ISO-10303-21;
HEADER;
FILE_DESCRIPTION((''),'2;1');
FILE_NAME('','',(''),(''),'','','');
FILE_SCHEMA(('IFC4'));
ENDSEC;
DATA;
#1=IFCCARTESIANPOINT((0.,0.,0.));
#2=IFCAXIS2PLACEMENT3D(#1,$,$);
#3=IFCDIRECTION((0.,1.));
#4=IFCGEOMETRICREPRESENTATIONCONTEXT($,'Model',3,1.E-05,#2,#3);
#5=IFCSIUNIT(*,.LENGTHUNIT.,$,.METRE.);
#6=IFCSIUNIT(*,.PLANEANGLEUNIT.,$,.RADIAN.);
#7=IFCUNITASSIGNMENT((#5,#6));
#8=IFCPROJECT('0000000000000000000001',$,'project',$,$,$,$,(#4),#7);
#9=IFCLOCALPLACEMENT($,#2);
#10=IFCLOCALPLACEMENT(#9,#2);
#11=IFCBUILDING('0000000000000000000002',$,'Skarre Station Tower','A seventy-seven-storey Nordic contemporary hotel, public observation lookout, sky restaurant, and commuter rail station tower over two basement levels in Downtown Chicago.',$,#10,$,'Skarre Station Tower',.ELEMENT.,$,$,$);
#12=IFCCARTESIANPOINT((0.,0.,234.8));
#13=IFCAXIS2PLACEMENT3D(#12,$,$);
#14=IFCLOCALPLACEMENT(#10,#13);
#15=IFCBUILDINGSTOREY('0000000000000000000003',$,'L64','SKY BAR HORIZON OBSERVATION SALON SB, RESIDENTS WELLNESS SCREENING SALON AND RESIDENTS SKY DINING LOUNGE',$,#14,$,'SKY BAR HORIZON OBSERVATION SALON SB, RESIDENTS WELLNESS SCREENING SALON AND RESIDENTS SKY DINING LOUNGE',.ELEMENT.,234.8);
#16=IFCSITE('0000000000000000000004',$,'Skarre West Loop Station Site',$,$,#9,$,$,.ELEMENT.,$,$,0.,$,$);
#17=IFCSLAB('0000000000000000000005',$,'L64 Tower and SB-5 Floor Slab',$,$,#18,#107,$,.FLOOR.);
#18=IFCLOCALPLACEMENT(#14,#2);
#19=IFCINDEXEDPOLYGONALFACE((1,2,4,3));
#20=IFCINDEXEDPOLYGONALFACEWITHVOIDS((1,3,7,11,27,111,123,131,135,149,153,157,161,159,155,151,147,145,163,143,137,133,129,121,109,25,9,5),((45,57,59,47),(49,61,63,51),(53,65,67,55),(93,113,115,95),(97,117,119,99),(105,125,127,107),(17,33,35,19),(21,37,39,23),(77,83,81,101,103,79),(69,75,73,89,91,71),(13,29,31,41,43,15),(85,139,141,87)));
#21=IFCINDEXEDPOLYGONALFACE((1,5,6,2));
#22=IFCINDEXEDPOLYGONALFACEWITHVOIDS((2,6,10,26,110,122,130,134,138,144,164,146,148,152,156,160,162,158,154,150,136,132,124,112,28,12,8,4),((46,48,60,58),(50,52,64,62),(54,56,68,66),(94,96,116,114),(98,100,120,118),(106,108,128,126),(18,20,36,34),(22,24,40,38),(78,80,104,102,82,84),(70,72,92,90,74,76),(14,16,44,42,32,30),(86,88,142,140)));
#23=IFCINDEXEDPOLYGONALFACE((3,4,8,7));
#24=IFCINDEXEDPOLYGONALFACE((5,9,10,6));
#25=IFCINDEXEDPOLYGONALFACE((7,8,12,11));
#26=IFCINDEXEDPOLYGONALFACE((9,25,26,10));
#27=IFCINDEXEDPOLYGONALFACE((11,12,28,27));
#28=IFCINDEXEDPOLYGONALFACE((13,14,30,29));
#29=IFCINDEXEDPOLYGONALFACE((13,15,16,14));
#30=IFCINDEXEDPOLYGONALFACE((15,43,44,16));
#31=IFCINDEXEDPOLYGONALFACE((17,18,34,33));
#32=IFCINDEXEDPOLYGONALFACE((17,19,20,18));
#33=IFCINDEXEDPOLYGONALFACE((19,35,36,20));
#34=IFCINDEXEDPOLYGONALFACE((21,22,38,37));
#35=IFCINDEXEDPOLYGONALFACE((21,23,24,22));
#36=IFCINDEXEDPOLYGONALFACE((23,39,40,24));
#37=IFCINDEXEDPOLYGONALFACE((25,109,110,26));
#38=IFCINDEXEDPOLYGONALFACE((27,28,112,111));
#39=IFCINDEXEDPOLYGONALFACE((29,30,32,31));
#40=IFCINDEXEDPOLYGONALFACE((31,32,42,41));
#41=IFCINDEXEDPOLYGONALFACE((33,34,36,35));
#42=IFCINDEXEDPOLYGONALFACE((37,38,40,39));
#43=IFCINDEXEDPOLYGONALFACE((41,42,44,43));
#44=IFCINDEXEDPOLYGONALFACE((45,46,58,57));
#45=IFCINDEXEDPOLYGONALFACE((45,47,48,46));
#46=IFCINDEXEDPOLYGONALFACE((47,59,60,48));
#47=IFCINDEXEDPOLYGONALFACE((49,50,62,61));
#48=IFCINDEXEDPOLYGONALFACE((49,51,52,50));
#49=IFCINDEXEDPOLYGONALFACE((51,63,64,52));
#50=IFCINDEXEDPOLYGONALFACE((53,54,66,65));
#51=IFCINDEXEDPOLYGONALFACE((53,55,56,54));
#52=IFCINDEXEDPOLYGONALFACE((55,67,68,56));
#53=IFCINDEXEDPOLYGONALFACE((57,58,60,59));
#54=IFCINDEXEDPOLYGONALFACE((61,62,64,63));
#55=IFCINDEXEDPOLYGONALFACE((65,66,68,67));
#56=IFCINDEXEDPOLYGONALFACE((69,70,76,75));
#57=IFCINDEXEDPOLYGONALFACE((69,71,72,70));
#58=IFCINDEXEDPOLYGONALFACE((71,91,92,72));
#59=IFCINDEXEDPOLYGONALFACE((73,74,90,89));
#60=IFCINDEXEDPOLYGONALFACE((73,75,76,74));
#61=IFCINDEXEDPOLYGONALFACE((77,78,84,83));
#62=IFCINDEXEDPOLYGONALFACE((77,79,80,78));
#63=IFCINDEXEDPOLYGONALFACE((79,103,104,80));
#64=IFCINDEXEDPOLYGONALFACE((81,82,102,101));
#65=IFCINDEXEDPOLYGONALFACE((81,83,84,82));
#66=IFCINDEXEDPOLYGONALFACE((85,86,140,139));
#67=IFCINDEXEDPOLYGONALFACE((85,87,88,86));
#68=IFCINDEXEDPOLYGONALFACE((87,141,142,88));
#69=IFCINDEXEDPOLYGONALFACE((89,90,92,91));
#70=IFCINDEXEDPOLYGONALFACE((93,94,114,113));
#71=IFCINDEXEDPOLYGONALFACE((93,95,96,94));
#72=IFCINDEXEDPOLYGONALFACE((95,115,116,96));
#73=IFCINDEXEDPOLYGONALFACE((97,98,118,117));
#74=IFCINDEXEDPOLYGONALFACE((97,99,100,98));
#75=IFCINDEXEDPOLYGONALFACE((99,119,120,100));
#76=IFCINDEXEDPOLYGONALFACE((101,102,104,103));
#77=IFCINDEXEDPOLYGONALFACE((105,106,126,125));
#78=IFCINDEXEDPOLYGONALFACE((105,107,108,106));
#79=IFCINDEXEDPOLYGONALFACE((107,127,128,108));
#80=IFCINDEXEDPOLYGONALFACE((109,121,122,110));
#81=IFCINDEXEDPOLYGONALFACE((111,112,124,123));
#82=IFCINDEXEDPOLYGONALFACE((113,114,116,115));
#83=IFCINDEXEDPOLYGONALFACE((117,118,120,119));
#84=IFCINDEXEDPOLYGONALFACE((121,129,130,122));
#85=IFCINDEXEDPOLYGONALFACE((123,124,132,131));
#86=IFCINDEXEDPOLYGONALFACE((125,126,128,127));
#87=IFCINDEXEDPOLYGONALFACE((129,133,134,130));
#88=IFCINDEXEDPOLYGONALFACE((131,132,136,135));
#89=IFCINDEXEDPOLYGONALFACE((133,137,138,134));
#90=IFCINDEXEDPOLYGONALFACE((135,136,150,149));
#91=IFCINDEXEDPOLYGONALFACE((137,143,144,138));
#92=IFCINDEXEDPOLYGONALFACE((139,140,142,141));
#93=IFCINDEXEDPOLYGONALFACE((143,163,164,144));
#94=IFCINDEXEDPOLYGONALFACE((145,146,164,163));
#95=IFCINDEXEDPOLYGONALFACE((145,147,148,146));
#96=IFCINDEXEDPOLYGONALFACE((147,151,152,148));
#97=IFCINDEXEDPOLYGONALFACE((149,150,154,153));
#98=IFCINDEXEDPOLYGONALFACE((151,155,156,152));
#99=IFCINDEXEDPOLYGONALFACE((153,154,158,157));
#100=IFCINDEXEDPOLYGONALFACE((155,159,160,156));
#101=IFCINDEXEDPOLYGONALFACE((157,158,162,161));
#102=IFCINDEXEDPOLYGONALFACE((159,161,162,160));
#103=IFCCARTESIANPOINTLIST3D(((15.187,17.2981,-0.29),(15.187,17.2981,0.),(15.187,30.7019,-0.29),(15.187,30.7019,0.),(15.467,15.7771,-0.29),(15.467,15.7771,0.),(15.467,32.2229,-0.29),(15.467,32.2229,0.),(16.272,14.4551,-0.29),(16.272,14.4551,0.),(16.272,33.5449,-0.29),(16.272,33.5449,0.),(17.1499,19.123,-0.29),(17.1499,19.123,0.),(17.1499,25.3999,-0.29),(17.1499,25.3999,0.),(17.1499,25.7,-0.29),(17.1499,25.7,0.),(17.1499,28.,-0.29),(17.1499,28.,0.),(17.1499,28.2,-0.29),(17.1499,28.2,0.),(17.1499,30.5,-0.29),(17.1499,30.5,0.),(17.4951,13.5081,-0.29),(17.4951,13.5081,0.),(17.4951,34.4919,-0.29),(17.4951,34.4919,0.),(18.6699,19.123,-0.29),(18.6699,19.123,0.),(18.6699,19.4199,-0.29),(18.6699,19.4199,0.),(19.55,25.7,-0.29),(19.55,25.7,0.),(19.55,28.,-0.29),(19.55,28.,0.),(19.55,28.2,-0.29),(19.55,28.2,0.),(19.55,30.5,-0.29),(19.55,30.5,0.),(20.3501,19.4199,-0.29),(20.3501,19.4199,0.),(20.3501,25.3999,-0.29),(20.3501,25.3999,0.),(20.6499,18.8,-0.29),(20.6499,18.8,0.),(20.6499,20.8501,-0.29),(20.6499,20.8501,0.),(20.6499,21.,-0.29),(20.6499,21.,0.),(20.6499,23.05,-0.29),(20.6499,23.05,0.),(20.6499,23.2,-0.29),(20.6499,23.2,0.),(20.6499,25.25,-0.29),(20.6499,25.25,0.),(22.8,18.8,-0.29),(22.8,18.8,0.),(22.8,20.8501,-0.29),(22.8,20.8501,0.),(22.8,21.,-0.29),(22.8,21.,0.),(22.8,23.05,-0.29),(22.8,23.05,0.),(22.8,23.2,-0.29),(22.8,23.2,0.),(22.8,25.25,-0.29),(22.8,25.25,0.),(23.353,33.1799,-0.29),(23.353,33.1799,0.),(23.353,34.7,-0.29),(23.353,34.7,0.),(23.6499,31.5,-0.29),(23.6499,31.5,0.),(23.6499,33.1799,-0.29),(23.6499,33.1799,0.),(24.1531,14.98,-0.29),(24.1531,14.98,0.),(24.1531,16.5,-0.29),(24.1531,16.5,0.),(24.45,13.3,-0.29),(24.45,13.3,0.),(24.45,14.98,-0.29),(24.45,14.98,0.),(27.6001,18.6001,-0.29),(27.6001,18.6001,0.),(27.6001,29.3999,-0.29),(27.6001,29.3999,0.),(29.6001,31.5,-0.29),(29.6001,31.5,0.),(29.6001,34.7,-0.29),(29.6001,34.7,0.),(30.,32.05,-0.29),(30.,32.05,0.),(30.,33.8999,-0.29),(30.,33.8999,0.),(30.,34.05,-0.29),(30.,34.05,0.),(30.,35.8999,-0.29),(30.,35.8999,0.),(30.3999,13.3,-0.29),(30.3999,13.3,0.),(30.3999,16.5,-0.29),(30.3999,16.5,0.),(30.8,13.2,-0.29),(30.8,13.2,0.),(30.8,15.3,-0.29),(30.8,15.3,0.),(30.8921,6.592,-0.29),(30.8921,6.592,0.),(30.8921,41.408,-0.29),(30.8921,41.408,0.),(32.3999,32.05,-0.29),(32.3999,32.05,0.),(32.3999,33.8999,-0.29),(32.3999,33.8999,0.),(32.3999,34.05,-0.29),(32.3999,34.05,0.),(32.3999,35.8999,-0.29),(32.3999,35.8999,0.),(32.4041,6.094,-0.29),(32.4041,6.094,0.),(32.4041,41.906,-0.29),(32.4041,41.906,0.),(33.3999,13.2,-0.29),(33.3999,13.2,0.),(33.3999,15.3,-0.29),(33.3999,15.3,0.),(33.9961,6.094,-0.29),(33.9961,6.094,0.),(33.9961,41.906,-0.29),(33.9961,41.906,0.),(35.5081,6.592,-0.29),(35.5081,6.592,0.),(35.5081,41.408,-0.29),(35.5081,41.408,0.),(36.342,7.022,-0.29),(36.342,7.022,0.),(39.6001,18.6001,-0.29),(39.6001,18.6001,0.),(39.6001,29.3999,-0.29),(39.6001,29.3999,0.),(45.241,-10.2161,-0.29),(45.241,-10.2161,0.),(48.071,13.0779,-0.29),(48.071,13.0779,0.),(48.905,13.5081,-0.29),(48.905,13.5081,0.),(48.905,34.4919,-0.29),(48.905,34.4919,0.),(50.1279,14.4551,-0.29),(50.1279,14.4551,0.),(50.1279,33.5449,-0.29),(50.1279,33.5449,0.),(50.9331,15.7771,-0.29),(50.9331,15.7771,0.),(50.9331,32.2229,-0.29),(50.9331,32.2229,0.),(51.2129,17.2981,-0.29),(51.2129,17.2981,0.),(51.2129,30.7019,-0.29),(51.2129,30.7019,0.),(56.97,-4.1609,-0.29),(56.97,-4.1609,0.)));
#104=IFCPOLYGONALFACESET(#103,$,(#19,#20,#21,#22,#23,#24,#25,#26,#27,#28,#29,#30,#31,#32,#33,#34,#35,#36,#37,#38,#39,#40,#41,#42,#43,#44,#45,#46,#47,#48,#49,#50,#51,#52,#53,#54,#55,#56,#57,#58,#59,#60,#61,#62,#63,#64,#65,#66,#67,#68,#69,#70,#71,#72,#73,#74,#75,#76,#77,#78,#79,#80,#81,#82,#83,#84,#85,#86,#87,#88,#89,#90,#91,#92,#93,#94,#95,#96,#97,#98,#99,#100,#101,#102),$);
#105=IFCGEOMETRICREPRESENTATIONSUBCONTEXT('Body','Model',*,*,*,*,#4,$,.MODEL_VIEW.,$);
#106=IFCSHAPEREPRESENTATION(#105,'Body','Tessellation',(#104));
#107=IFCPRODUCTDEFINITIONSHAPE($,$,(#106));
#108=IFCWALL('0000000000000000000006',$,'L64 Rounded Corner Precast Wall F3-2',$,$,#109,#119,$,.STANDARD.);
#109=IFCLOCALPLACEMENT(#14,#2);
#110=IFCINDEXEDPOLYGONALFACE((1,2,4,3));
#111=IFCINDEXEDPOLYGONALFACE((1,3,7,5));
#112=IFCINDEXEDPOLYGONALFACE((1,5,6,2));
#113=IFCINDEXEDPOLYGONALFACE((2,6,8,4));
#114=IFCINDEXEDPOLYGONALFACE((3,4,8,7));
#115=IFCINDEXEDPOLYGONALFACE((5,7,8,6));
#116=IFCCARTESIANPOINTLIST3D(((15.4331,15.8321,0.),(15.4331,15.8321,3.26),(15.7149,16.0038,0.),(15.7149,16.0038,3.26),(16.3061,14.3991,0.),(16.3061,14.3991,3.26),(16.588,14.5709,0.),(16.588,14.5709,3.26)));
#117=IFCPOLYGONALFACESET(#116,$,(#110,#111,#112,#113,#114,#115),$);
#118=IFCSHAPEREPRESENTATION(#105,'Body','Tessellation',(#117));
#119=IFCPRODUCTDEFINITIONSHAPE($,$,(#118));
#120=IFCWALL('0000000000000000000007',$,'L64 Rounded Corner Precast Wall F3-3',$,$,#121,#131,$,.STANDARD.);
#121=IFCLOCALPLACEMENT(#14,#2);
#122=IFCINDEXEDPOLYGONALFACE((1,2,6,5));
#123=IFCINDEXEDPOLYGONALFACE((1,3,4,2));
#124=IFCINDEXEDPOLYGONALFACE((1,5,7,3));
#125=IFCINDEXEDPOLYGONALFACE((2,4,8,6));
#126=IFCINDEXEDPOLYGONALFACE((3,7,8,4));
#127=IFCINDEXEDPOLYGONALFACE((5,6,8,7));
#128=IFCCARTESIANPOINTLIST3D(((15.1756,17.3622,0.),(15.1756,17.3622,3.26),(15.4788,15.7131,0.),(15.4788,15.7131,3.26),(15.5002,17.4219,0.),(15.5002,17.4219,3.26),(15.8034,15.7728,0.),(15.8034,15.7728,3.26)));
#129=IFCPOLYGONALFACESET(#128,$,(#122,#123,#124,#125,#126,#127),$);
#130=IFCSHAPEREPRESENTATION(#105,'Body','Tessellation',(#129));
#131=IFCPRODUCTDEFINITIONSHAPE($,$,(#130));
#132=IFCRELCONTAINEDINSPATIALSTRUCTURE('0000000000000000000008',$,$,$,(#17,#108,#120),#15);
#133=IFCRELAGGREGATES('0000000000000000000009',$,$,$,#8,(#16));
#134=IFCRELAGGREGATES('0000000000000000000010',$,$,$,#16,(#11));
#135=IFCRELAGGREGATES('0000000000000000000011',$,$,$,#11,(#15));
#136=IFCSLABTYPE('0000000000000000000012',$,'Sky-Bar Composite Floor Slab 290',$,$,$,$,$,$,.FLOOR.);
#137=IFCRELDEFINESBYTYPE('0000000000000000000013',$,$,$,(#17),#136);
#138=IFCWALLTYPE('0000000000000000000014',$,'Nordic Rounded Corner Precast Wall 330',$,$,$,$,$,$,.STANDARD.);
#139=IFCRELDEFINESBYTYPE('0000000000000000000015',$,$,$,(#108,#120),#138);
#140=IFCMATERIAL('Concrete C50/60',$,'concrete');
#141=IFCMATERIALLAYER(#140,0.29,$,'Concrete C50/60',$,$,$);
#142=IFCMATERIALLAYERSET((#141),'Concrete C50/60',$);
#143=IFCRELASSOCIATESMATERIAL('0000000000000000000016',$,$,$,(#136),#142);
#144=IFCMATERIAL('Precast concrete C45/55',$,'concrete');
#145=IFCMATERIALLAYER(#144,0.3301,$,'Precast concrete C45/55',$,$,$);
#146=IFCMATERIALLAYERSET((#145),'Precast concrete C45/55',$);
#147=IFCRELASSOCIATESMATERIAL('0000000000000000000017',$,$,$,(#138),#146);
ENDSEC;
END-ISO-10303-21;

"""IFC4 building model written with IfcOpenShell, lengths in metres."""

from ifc_helpers import new_model, si_unit, direction, frame, frame_2d, origin, place, context, subcontext, project, spatial, polyline, rectangle, outline, extrude, material, layer, layer_set, type_object, element, save


model = new_model("IFC4")

# Units and contexts
model_context = context("Model", 3, precision=1e-05, world=origin(), true_north=direction((0.0, 1.0)))
body_context = subcontext(model_context, "Body", "Model", "MODEL_VIEW")
ifc_project = project(units=[si_unit("LENGTHUNIT", "METRE"), si_unit("PLANEANGLEUNIT", "RADIAN")], contexts=[model_context])

# Site, building, storey
site_placement = place(None, origin())
site = spatial("IfcSite", under=ifc_project, at=site_placement, Name="Skarre West Loop Station Site", CompositionType="ELEMENT", RefElevation=0.0)
building_placement = place(site_placement, origin())
building = spatial("IfcBuilding", under=site, at=building_placement, Name="Skarre Station Tower", Description="A seventy-seven-storey Nordic contemporary hotel, public observation lookout, sky restaurant, and commuter rail station tower over two basement levels in Downtown Chicago.", LongName="Skarre Station Tower", CompositionType="ELEMENT")
storey_placement = place(building_placement, frame((0.0, 0.0, 234.8)))
storey = spatial("IfcBuildingStorey", under=building, at=storey_placement, Name="L64", Description="SKY BAR HORIZON OBSERVATION SALON SB, RESIDENTS WELLNESS SCREENING SALON AND RESIDENTS SKY DINING LOUNGE", LongName="SKY BAR HORIZON OBSERVATION SALON SB, RESIDENTS WELLNESS SCREENING SALON AND RESIDENTS SKY DINING LOUNGE", CompositionType="ELEMENT", Elevation=234.8)

# Shared definitions
ifc_material_1 = material(Name="Concrete C50/60", Category="concrete")

# Slab
ifc_layer_1 = layer(ifc_material_1, 0.29, Name="Concrete C50/60")
ifc_layer_set_1 = layer_set([ifc_layer_1], Name="Concrete C50/60")
slab_type_1 = type_object("IfcSlabType", Name="Sky-Bar Composite Floor Slab 290", PredefinedType="FLOOR", material=ifc_layer_set_1)
slab_1_placement = place(storey_placement, frame((0.0, 0.0, -0.29)))
element("IfcSlab", 1, at=slab_1_placement, inside=storey, type_object=slab_type_1, Name="L64 Tower and SB-5 Floor Slab", PredefinedType="FLOOR", context=body_context, shape_type="SweptSolid", body=[
    extrude(outline(polyline([(48.071, 13.0779), (48.905, 13.5081), (50.1279, 14.4551), (50.9331, 15.7771), (51.2129, 17.2981), (51.2129, 30.7019), (50.9331, 32.2229), (50.1279, 33.5449), (48.905, 34.4919), (35.5081, 41.408), (33.9961, 41.906), (32.4041, 41.906), (30.8921, 41.408), (17.4951, 34.4919), (16.272, 33.5449), (15.467, 32.2229), (15.187, 30.7019), (15.187, 17.2981), (15.467, 15.7771), (16.272, 14.4551), (17.4951, 13.5081), (30.8921, 6.592), (32.4041, 6.094), (33.9961, 6.094), (35.5081, 6.592), (36.342, 7.022), (45.241, -10.2161), (56.97, -4.1609), (48.071, 13.0779)]), holes=[polyline([(18.6699, 19.4199), (18.6699, 19.123), (17.1499, 19.123), (17.1499, 25.3999), (20.3501, 25.3999), (20.3501, 19.4199), (18.6699, 19.4199)]), polyline([(24.45, 14.98), (24.1531, 14.98), (24.1531, 16.5), (30.3999, 16.5), (30.3999, 13.3), (24.45, 13.3), (24.45, 14.98)]), polyline([(23.6499, 33.1799), (23.353, 33.1799), (23.353, 34.7), (29.6001, 34.7), (29.6001, 31.5), (23.6499, 31.5), (23.6499, 33.1799)]), polyline([(17.1499, 28.0), (19.55, 28.0), (19.55, 25.7), (17.1499, 25.7), (17.1499, 28.0)]), polyline([(17.1499, 30.5), (19.55, 30.5), (19.55, 28.2), (17.1499, 28.2), (17.1499, 30.5)]), polyline([(30.8, 15.3), (33.3999, 15.3), (33.3999, 13.2), (30.8, 13.2), (30.8, 15.3)]), polyline([(20.6499, 20.8501), (22.8, 20.8501), (22.8, 18.8), (20.6499, 18.8), (20.6499, 20.8501)]), polyline([(20.6499, 23.05), (22.8, 23.05), (22.8, 21.0), (20.6499, 21.0), (20.6499, 23.05)]), polyline([(20.6499, 25.25), (22.8, 25.25), (22.8, 23.2), (20.6499, 23.2), (20.6499, 25.25)]), polyline([(30.0, 33.8999), (32.3999, 33.8999), (32.3999, 32.05), (30.0, 32.05), (30.0, 33.8999)]), polyline([(30.0, 35.8999), (32.3999, 35.8999), (32.3999, 34.05), (30.0, 34.05), (30.0, 35.8999)]), polyline([(27.6001, 29.3999), (39.6001, 29.3999), (39.6001, 18.6001), (27.6001, 18.6001), (27.6001, 29.3999)])]), origin(), (0.0, 0.0, 1.0), 0.29),
])

# Walls
ifc_material_2 = material(Name="Precast concrete C45/55", Category="concrete")
ifc_layer_2 = layer(ifc_material_2, 0.3301, Name="Precast concrete C45/55")
ifc_layer_set_2 = layer_set([ifc_layer_2], Name="Precast concrete C45/55")
wall_type_1 = type_object("IfcWallType", Name="Nordic Rounded Corner Precast Wall 330", PredefinedType="STANDARD", material=ifc_layer_set_2)
wall_1_placement = place(storey_placement, frame((16.447, 14.4851, 0.0), z_axis=(0.0, 0.0, 1.0), x_axis=(-0.520325, 0.853968, 0.0)))
element("IfcWall", 2, at=wall_1_placement, inside=storey, type_object=wall_type_1, Name="L64 Rounded Corner Precast Wall F3-2", PredefinedType="STANDARD", context=body_context, shape_type="SweptSolid", body=[
    extrude(rectangle(XDim=1.678, YDim=0.3301, at=frame_2d((0.8389, 0.0))), origin(), (0.0, 0.0, 1.0), 3.26),
])
wall_2_placement = place(storey_placement, frame((15.6411, 15.7429, 0.0), z_axis=(0.0, 0.0, 1.0), x_axis=(-0.180833, 0.983514, 0.0)))
element("IfcWall", 3, at=wall_2_placement, inside=storey, type_object=wall_type_1, Name="L64 Rounded Corner Precast Wall F3-3", PredefinedType="STANDARD", context=body_context, shape_type="SweptSolid", body=[
    extrude(rectangle(XDim=1.6768, YDim=0.3301, at=frame_2d((0.8384, 0.0))), origin(), (0.0, 0.0, 1.0), 3.26),
])

save(model, "model.ifc")
